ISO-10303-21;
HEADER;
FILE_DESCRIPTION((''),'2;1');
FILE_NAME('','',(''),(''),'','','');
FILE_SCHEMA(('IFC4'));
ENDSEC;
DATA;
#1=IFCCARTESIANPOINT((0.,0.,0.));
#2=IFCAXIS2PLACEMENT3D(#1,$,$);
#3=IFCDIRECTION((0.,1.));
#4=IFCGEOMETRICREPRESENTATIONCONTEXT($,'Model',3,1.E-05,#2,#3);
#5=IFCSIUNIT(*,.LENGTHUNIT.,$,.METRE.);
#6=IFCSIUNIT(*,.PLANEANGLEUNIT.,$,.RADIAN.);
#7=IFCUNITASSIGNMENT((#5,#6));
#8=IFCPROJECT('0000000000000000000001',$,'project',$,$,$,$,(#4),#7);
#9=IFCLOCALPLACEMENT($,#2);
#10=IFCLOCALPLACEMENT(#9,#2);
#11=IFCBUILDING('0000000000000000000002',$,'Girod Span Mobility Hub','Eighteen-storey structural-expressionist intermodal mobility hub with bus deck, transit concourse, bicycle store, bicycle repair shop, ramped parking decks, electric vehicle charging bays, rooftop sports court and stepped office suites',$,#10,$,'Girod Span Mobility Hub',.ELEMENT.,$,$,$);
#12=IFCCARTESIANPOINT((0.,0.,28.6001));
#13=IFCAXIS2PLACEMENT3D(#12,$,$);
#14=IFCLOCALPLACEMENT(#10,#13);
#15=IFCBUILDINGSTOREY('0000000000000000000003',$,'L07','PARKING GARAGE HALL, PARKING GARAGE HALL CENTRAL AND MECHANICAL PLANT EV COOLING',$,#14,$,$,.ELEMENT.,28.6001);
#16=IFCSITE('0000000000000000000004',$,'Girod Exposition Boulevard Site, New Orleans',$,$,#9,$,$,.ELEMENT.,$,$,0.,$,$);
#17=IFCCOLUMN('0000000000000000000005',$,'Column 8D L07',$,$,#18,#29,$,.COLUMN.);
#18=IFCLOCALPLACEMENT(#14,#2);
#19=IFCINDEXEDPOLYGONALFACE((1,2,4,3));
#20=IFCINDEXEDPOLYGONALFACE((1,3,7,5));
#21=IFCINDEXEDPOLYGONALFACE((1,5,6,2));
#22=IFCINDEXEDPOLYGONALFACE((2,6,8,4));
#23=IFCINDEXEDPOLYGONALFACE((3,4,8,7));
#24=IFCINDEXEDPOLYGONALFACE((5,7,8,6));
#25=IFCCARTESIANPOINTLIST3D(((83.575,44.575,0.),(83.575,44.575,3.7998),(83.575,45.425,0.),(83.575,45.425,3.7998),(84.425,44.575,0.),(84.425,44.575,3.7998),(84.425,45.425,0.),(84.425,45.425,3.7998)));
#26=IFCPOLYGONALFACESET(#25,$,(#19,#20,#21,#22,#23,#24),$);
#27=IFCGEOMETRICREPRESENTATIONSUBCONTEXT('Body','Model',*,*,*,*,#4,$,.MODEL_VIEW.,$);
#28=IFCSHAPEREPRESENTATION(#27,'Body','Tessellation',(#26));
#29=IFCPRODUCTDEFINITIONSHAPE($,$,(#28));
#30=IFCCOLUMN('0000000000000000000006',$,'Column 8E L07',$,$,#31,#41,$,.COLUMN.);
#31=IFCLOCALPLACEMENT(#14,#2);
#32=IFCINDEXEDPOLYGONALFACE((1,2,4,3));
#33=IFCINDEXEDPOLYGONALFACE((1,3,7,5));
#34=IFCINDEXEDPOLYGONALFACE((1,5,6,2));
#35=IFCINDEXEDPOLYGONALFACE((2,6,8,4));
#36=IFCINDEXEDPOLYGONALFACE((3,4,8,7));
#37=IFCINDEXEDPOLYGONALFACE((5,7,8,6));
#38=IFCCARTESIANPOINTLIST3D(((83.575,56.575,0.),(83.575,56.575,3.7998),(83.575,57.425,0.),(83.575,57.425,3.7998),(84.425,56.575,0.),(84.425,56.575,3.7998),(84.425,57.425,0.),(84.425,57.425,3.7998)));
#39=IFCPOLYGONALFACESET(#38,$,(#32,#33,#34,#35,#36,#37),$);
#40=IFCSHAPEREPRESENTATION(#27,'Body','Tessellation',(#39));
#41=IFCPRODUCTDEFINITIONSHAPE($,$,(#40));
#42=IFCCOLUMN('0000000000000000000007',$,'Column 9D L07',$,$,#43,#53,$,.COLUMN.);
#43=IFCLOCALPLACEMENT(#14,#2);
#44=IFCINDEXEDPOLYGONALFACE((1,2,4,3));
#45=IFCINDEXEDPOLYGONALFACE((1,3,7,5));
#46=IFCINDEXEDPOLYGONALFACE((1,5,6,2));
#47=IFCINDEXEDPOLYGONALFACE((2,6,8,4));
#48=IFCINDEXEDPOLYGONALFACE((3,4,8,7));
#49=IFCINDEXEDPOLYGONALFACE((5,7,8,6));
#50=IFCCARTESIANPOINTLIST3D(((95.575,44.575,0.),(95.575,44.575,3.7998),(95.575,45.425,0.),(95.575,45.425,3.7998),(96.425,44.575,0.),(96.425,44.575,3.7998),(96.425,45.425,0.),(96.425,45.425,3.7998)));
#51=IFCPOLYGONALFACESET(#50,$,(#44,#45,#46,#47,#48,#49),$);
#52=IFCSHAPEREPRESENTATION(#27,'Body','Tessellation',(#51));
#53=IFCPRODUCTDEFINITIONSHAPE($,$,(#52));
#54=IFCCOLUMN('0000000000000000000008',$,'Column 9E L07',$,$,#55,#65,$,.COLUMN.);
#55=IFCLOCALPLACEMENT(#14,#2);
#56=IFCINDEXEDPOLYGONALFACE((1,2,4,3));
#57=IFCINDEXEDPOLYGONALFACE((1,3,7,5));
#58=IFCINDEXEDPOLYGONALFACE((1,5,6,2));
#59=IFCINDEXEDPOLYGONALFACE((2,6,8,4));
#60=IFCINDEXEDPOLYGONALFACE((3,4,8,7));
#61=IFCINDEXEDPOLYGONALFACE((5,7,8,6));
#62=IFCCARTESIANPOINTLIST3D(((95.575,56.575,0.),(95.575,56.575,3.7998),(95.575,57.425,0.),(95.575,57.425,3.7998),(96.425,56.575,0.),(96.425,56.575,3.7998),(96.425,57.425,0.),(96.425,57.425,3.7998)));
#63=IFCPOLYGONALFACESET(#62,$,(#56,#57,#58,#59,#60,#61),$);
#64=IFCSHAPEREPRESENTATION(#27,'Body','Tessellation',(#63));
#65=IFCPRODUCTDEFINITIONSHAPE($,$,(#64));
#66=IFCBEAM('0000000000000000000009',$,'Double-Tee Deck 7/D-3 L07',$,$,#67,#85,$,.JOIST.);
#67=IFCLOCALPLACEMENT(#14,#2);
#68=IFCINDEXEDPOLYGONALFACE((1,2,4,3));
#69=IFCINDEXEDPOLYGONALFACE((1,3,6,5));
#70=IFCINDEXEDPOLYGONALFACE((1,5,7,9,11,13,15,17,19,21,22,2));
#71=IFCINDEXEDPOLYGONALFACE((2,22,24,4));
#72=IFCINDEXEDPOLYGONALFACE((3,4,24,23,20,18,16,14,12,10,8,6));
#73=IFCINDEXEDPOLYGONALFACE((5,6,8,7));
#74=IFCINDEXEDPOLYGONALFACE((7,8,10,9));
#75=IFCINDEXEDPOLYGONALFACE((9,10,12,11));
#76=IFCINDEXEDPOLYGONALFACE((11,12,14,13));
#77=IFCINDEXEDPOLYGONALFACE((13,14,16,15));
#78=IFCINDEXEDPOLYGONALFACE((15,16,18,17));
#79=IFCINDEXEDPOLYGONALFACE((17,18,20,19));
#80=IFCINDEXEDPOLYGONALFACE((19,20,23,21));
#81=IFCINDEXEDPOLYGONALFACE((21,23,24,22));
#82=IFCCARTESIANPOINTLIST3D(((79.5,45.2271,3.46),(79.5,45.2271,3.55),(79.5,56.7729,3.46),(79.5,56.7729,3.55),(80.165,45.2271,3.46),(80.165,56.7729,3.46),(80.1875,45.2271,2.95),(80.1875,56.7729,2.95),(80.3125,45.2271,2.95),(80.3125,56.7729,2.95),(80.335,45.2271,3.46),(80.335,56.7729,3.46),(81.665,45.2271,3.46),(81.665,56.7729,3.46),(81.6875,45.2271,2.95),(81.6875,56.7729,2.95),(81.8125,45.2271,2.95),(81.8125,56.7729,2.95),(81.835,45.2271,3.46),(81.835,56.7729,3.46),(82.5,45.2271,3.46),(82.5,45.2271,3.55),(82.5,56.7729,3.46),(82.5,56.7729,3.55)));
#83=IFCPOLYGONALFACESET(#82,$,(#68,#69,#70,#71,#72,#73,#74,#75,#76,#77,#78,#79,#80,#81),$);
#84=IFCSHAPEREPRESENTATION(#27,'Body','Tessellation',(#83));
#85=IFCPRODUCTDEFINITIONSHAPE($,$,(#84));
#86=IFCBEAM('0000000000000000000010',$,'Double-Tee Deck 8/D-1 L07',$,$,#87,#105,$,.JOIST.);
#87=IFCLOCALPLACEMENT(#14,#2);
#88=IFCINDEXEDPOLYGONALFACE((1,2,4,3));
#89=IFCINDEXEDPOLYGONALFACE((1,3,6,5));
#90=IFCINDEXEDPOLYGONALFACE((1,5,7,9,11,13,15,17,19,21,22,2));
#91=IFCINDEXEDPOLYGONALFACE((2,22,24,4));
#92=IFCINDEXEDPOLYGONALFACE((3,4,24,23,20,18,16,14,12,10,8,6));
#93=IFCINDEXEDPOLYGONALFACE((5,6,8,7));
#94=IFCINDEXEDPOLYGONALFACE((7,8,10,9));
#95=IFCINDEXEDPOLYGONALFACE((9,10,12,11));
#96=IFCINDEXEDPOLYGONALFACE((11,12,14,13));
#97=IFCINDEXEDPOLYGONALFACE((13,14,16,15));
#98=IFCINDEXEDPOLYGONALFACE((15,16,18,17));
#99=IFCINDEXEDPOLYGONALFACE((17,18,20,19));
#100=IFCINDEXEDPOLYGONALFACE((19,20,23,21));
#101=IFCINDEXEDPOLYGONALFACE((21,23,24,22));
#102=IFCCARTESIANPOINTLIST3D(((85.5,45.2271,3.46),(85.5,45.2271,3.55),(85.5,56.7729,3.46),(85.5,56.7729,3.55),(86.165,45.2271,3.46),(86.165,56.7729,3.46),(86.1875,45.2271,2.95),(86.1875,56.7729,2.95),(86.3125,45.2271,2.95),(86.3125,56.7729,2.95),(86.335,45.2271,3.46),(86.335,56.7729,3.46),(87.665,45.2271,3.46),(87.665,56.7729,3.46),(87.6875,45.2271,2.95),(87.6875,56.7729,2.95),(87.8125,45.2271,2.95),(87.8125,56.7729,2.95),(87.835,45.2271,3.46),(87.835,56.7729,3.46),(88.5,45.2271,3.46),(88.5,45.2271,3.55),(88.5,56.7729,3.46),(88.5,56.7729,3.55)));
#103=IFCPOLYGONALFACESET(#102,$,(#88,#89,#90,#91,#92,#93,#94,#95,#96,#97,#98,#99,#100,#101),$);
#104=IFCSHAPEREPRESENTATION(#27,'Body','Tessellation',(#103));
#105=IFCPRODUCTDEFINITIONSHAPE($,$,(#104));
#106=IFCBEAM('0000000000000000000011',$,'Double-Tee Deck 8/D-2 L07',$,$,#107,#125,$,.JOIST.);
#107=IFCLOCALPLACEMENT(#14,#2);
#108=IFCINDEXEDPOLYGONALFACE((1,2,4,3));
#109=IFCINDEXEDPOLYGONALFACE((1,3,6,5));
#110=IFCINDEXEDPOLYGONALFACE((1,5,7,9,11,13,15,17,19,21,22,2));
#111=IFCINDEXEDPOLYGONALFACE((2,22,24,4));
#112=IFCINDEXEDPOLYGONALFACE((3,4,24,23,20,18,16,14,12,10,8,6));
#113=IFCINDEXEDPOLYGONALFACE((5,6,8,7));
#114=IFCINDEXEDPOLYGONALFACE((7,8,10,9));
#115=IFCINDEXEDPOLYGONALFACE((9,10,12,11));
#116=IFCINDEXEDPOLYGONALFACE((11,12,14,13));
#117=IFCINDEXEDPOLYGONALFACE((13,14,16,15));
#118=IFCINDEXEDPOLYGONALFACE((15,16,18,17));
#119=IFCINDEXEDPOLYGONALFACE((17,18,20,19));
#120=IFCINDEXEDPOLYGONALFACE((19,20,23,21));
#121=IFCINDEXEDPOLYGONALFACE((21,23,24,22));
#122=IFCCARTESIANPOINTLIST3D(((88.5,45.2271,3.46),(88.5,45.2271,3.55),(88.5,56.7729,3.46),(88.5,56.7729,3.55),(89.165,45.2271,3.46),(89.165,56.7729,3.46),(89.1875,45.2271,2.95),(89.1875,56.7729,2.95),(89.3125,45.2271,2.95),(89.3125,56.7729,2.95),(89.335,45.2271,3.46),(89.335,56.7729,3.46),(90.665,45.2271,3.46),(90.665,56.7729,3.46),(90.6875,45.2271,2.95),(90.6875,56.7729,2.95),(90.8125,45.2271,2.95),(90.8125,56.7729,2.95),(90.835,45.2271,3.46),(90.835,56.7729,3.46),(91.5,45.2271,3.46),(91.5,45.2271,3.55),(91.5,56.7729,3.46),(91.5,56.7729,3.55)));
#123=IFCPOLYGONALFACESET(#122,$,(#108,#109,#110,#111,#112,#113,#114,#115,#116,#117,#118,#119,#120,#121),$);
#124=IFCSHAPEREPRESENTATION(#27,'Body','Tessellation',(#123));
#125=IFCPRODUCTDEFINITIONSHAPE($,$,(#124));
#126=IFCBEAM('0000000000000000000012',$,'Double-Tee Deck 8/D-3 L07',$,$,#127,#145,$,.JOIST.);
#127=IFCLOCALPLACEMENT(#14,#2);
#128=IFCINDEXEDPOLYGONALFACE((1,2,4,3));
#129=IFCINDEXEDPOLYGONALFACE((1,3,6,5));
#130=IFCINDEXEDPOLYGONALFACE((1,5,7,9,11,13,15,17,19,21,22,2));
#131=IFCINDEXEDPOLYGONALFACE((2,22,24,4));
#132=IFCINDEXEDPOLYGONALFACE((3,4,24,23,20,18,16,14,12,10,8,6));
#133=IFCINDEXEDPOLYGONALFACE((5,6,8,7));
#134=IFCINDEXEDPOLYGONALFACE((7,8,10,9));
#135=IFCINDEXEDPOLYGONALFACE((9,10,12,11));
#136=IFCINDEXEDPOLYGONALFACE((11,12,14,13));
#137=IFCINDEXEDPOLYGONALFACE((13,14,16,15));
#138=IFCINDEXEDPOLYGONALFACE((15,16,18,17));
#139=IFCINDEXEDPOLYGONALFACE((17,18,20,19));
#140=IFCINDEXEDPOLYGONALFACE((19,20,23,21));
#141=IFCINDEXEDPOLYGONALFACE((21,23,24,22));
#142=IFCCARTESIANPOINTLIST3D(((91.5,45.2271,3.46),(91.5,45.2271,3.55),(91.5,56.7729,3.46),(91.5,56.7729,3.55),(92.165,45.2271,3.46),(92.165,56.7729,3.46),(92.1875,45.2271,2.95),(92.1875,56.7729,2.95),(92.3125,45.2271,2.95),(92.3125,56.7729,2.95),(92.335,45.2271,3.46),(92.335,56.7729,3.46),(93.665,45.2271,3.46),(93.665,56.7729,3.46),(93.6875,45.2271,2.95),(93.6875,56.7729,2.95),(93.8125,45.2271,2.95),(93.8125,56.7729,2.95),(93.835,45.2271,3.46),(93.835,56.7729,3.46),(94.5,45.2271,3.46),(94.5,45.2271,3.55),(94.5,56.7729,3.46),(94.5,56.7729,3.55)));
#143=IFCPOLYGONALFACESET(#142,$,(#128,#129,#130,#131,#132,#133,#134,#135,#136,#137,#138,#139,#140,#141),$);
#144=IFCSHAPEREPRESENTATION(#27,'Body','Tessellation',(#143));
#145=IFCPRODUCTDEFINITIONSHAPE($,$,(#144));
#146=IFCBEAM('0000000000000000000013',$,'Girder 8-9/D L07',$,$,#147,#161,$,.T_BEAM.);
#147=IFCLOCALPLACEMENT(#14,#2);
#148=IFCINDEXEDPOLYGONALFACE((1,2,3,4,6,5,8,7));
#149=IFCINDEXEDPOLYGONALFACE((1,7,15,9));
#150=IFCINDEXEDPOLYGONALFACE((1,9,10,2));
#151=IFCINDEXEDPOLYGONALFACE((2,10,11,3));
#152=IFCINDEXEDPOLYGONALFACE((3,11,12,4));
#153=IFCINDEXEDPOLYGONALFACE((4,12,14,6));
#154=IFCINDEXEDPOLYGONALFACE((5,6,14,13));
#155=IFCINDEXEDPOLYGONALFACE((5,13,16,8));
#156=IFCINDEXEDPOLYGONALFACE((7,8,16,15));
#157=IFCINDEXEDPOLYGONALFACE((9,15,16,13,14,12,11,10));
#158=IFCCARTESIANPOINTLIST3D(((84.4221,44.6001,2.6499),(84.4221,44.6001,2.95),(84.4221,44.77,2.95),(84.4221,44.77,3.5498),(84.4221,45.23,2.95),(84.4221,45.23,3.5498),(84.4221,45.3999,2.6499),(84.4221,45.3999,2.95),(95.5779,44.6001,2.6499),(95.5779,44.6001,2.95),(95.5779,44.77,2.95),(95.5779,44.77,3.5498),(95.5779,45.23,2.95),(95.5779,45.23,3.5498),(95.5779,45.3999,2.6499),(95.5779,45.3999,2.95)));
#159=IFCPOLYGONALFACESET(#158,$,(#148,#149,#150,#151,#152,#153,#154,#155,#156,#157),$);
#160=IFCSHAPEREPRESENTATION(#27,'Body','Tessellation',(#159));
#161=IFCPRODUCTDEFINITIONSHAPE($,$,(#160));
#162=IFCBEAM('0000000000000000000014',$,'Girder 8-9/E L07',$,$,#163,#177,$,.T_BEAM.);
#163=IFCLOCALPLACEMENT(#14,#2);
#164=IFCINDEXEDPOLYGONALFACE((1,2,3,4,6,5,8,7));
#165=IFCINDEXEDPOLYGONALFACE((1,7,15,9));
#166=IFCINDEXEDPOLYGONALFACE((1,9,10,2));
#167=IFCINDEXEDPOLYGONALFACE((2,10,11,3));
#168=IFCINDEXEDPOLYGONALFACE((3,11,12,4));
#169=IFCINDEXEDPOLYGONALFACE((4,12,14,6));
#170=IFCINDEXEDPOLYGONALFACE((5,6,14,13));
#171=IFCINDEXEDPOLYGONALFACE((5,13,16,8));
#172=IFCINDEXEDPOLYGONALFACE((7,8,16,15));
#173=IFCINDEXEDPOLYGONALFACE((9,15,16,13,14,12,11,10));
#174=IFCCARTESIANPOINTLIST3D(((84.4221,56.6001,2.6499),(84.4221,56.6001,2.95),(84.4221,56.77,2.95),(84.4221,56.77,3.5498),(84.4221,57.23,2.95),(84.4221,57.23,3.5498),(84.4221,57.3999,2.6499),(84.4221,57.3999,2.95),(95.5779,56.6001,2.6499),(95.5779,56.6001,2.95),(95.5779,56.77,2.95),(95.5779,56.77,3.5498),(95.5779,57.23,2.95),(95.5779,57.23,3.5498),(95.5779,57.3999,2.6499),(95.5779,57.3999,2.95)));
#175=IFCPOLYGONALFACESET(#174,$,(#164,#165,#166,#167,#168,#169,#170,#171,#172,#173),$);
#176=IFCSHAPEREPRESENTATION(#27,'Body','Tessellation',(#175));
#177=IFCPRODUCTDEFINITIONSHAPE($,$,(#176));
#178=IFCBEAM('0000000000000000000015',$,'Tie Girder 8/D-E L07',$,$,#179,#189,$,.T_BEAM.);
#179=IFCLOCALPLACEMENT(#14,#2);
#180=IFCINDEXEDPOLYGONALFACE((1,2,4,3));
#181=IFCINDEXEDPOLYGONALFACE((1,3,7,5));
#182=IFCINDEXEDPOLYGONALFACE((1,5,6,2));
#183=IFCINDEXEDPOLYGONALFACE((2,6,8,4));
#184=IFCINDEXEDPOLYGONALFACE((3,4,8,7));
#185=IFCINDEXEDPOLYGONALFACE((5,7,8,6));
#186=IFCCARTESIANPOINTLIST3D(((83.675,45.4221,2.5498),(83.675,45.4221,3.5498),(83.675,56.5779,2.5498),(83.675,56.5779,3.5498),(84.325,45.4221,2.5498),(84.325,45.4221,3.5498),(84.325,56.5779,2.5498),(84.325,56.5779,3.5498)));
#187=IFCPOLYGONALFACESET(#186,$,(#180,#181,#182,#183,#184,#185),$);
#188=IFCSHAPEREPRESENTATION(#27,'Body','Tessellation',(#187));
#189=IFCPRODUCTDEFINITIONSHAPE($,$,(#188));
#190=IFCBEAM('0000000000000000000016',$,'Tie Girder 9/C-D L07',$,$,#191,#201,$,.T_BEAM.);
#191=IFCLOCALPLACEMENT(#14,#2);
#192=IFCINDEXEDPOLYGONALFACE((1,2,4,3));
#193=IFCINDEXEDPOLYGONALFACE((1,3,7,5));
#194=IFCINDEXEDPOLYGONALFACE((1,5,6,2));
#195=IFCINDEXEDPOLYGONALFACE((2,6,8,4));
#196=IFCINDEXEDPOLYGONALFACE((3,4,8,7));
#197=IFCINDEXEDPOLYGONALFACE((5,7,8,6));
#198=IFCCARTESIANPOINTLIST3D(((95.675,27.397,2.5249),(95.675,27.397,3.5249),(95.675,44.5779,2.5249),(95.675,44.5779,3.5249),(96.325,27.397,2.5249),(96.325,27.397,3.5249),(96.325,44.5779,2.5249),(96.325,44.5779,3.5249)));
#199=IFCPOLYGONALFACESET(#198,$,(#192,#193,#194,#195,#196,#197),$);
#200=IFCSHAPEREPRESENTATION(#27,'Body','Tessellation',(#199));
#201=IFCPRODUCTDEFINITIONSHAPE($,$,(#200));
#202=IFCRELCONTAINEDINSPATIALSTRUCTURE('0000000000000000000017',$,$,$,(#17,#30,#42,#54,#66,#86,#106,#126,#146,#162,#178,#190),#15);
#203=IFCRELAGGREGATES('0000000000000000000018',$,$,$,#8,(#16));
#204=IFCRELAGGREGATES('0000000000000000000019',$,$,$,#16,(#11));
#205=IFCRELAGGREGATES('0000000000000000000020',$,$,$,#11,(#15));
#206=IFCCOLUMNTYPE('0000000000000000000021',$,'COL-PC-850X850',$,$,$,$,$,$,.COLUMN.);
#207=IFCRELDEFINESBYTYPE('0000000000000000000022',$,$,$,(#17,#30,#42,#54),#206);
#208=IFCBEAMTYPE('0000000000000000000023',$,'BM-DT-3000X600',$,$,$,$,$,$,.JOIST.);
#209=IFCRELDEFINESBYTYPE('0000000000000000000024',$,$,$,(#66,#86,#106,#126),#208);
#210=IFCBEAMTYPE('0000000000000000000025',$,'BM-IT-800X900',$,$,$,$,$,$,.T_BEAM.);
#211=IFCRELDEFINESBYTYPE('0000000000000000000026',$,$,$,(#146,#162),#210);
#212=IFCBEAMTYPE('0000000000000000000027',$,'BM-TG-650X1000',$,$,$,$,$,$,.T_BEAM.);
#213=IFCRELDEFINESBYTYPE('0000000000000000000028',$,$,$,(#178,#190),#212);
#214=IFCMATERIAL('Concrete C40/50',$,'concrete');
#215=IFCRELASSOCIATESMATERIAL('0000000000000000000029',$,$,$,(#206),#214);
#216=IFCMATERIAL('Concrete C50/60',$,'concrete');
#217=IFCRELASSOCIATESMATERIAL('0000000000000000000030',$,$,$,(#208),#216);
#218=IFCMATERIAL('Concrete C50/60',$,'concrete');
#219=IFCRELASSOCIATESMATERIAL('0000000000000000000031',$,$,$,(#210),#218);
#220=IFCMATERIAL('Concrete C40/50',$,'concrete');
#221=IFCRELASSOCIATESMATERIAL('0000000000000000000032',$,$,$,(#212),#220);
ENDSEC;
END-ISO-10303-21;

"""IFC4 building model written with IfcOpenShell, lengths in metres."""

from ifc_helpers import new_model, si_unit, direction, frame, origin, origin_2d, place, context, subcontext, project, spatial, polyline, rectangle, outline, extrude, material, material_profile, profile_set, type_object, element, save


model = new_model("IFC4")

# Units and contexts
model_context = context("Model", 3, precision=1e-05, world=origin(), true_north=direction((0.0, 1.0)))
body_context = subcontext(model_context, "Body", "Model", "MODEL_VIEW")
ifc_project = project(units=[si_unit("LENGTHUNIT", "METRE"), si_unit("PLANEANGLEUNIT", "RADIAN")], contexts=[model_context])

# Site, building, storey
site_placement = place(None, origin())
site = spatial("IfcSite", under=ifc_project, at=site_placement, Name="Girod Exposition Boulevard Site, New Orleans", CompositionType="ELEMENT", RefElevation=0.0)
building_placement = place(site_placement, origin())
building = spatial("IfcBuilding", under=site, at=building_placement, Name="Girod Span Mobility Hub", Description="Eighteen-storey structural-expressionist intermodal mobility hub with bus deck, transit concourse, bicycle store, bicycle repair shop, ramped parking decks, electric vehicle charging bays, rooftop sports court and stepped office suites", LongName="Girod Span Mobility Hub", CompositionType="ELEMENT")
storey_placement = place(building_placement, frame((0.0, 0.0, 28.6001)))
storey = spatial("IfcBuildingStorey", under=building, at=storey_placement, Name="L07", Description="PARKING GARAGE HALL, PARKING GARAGE HALL CENTRAL AND MECHANICAL PLANT EV COOLING", CompositionType="ELEMENT", Elevation=28.6001)

# Columns
ifc_material_1 = material(Name="Concrete C40/50", Category="concrete")
ifc_material_profile_1 = material_profile(ifc_material_1, rectangle(XDim=0.8501, YDim=0.8501, at=origin_2d()), Name="PC-COL-850X850")
ifc_profile_set_1 = profile_set([ifc_material_profile_1], Name="Concrete C40/50")
column_type = type_object("IfcColumnType", Name="COL-PC-850X850", PredefinedType="COLUMN", material=ifc_profile_set_1)
for number, where, z_axis, x_axis, name in (
    (1, (84.0, 45.0, 0.0), (0.0, 0.0, 1.0), (1.0, 0.0, 0.0), "Column 8D L07"),
    (2, (84.0, 57.0, 0.0), (0.0, 0.0, 1.0), (1.0, 0.0, 0.0), "Column 8E L07"),
    (3, (96.0, 45.0, 0.0), (0.0, 0.0, 1.0), (1.0, 0.0, 0.0), "Column 9D L07"),
    (4, (96.0, 57.0, 0.0), (0.0, 0.0, 1.0), (1.0, 0.0, 0.0), "Column 9E L07"),
):
    element("IfcColumn", number, at=place(storey_placement, frame(where, z_axis=z_axis, x_axis=x_axis)), inside=storey, type_object=column_type, Name=name, PredefinedType="COLUMN", context=body_context, shape_type="SweptSolid", body=[
        extrude(rectangle(XDim=0.8501, YDim=0.8501, at=origin_2d()), origin(), (0.0, 0.0, 1.0), 3.7998),
    ])

# Beams
ifc_material_2 = material(Name="Concrete C50/60", Category="concrete")
ifc_material_profile_2 = material_profile(ifc_material_2, outline(polyline([(-1.5, 0.3), (-1.5, 0.21), (-0.835, 0.21), (-0.8125, -0.3), (-0.6875, -0.3), (-0.665, 0.21), (0.665, 0.21), (0.6875, -0.3), (0.8125, -0.3), (0.835, 0.21), (1.5, 0.21), (1.5, 0.3), (-1.5, 0.3)])), Name="DT-3000X600")
ifc_profile_set_2 = profile_set([ifc_material_profile_2], Name="Concrete C50/60")
beam_type_1 = type_object("IfcBeamType", Name="BM-DT-3000X600", PredefinedType="JOIST", material=ifc_profile_set_2)
for number, where, z_axis, x_axis, name in (
    (5, (81.0, 45.2271, 3.25), (0.0, 1.0, 0.0), (-1.0, 0.0, 0.0), "Double-Tee Deck 7/D-3 L07"),
    (6, (87.0, 45.2271, 3.25), (0.0, 1.0, 0.0), (-1.0, 0.0, 0.0), "Double-Tee Deck 8/D-1 L07"),
    (7, (90.0, 45.2271, 3.25), (0.0, 1.0, 0.0), (-1.0, 0.0, 0.0), "Double-Tee Deck 8/D-2 L07"),
    (8, (93.0, 45.2271, 3.25), (0.0, 1.0, 0.0), (-1.0, 0.0, 0.0), "Double-Tee Deck 8/D-3 L07"),
):
    element("IfcBeam", number, at=place(storey_placement, frame(where, z_axis=z_axis, x_axis=x_axis)), inside=storey, type_object=beam_type_1, Name=name, PredefinedType="JOIST", context=body_context, shape_type="SweptSolid", body=[
        extrude(outline(polyline([(-1.5, 0.3), (-1.5, 0.21), (-0.835, 0.21), (-0.8125, -0.3), (-0.6875, -0.3), (-0.665, 0.21), (0.665, 0.21), (0.6875, -0.3), (0.8125, -0.3), (0.835, 0.21), (1.5, 0.21), (1.5, 0.3), (-1.5, 0.3)])), origin(), (0.0, 0.0, 1.0), 11.5459),
    ])
ifc_material_3 = material(Name="Concrete C50/60", Category="concrete")
ifc_material_profile_3 = material_profile(ifc_material_3, outline(polyline([(-0.3999, -0.45), (0.3999, -0.45), (0.3999, -0.1499), (0.23, -0.1499), (0.23, 0.45), (-0.23, 0.45), (-0.23, -0.1499), (-0.3999, -0.1499), (-0.3999, -0.45)])), Name="IT-800X900")
ifc_profile_set_3 = profile_set([ifc_material_profile_3], Name="Concrete C50/60")
beam_type_2 = type_object("IfcBeamType", Name="BM-IT-800X900", PredefinedType="T_BEAM", material=ifc_profile_set_3)
for number, where, z_axis, x_axis, name in (
    (9, (84.4221, 45.0, 3.0999), (1.0, 0.0, 0.0), (0.0, 1.0, 0.0), "Girder 8-9/D L07"),
    (10, (84.4221, 57.0, 3.0999), (1.0, 0.0, 0.0), (0.0, 1.0, 0.0), "Girder 8-9/E L07"),
):
    element("IfcBeam", number, at=place(storey_placement, frame(where, z_axis=z_axis, x_axis=x_axis)), inside=storey, type_object=beam_type_2, Name=name, PredefinedType="T_BEAM", context=body_context, shape_type="SweptSolid", body=[
        extrude(outline(polyline([(-0.3999, -0.45), (0.3999, -0.45), (0.3999, -0.1499), (0.23, -0.1499), (0.23, 0.45), (-0.23, 0.45), (-0.23, -0.1499), (-0.3999, -0.1499), (-0.3999, -0.45)])), origin(), (0.0, 0.0, 1.0), 11.1558),
    ])
ifc_material_4 = material(Name="Concrete C40/50", Category="concrete")
ifc_material_profile_4 = material_profile(ifc_material_4, rectangle(XDim=0.6499, YDim=1.0, at=origin_2d()), Name="TG-650X1000")
ifc_profile_set_4 = profile_set([ifc_material_profile_4], Name="Concrete C40/50")
beam_type_3 = type_object("IfcBeamType", Name="BM-TG-650X1000", PredefinedType="T_BEAM", material=ifc_profile_set_4)
beam_1_placement = place(storey_placement, frame((84.0, 45.4221, 3.0498), z_axis=(0.0, 1.0, 0.0), x_axis=(-1.0, 0.0, 0.0)))
element("IfcBeam", 11, at=beam_1_placement, inside=storey, type_object=beam_type_3, Name="Tie Girder 8/D-E L07", PredefinedType="T_BEAM", context=body_context, shape_type="SweptSolid", body=[
    extrude(rectangle(XDim=0.6499, YDim=1.0, at=origin_2d()), origin(), (0.0, 0.0, 1.0), 11.1558),
])
beam_2_placement = place(storey_placement, frame((96.0, 27.397, 3.0249), z_axis=(0.0, 1.0, 0.0), x_axis=(-1.0, 0.0, 0.0)))
element("IfcBeam", 12, at=beam_2_placement, inside=storey, type_object=beam_type_3, Name="Tie Girder 9/C-D L07", PredefinedType="T_BEAM", context=body_context, shape_type="SweptSolid", body=[
    extrude(rectangle(XDim=0.6499, YDim=1.0, at=origin_2d()), origin(), (0.0, 0.0, 1.0), 17.1809),
])

save(model, "model.ifc")
